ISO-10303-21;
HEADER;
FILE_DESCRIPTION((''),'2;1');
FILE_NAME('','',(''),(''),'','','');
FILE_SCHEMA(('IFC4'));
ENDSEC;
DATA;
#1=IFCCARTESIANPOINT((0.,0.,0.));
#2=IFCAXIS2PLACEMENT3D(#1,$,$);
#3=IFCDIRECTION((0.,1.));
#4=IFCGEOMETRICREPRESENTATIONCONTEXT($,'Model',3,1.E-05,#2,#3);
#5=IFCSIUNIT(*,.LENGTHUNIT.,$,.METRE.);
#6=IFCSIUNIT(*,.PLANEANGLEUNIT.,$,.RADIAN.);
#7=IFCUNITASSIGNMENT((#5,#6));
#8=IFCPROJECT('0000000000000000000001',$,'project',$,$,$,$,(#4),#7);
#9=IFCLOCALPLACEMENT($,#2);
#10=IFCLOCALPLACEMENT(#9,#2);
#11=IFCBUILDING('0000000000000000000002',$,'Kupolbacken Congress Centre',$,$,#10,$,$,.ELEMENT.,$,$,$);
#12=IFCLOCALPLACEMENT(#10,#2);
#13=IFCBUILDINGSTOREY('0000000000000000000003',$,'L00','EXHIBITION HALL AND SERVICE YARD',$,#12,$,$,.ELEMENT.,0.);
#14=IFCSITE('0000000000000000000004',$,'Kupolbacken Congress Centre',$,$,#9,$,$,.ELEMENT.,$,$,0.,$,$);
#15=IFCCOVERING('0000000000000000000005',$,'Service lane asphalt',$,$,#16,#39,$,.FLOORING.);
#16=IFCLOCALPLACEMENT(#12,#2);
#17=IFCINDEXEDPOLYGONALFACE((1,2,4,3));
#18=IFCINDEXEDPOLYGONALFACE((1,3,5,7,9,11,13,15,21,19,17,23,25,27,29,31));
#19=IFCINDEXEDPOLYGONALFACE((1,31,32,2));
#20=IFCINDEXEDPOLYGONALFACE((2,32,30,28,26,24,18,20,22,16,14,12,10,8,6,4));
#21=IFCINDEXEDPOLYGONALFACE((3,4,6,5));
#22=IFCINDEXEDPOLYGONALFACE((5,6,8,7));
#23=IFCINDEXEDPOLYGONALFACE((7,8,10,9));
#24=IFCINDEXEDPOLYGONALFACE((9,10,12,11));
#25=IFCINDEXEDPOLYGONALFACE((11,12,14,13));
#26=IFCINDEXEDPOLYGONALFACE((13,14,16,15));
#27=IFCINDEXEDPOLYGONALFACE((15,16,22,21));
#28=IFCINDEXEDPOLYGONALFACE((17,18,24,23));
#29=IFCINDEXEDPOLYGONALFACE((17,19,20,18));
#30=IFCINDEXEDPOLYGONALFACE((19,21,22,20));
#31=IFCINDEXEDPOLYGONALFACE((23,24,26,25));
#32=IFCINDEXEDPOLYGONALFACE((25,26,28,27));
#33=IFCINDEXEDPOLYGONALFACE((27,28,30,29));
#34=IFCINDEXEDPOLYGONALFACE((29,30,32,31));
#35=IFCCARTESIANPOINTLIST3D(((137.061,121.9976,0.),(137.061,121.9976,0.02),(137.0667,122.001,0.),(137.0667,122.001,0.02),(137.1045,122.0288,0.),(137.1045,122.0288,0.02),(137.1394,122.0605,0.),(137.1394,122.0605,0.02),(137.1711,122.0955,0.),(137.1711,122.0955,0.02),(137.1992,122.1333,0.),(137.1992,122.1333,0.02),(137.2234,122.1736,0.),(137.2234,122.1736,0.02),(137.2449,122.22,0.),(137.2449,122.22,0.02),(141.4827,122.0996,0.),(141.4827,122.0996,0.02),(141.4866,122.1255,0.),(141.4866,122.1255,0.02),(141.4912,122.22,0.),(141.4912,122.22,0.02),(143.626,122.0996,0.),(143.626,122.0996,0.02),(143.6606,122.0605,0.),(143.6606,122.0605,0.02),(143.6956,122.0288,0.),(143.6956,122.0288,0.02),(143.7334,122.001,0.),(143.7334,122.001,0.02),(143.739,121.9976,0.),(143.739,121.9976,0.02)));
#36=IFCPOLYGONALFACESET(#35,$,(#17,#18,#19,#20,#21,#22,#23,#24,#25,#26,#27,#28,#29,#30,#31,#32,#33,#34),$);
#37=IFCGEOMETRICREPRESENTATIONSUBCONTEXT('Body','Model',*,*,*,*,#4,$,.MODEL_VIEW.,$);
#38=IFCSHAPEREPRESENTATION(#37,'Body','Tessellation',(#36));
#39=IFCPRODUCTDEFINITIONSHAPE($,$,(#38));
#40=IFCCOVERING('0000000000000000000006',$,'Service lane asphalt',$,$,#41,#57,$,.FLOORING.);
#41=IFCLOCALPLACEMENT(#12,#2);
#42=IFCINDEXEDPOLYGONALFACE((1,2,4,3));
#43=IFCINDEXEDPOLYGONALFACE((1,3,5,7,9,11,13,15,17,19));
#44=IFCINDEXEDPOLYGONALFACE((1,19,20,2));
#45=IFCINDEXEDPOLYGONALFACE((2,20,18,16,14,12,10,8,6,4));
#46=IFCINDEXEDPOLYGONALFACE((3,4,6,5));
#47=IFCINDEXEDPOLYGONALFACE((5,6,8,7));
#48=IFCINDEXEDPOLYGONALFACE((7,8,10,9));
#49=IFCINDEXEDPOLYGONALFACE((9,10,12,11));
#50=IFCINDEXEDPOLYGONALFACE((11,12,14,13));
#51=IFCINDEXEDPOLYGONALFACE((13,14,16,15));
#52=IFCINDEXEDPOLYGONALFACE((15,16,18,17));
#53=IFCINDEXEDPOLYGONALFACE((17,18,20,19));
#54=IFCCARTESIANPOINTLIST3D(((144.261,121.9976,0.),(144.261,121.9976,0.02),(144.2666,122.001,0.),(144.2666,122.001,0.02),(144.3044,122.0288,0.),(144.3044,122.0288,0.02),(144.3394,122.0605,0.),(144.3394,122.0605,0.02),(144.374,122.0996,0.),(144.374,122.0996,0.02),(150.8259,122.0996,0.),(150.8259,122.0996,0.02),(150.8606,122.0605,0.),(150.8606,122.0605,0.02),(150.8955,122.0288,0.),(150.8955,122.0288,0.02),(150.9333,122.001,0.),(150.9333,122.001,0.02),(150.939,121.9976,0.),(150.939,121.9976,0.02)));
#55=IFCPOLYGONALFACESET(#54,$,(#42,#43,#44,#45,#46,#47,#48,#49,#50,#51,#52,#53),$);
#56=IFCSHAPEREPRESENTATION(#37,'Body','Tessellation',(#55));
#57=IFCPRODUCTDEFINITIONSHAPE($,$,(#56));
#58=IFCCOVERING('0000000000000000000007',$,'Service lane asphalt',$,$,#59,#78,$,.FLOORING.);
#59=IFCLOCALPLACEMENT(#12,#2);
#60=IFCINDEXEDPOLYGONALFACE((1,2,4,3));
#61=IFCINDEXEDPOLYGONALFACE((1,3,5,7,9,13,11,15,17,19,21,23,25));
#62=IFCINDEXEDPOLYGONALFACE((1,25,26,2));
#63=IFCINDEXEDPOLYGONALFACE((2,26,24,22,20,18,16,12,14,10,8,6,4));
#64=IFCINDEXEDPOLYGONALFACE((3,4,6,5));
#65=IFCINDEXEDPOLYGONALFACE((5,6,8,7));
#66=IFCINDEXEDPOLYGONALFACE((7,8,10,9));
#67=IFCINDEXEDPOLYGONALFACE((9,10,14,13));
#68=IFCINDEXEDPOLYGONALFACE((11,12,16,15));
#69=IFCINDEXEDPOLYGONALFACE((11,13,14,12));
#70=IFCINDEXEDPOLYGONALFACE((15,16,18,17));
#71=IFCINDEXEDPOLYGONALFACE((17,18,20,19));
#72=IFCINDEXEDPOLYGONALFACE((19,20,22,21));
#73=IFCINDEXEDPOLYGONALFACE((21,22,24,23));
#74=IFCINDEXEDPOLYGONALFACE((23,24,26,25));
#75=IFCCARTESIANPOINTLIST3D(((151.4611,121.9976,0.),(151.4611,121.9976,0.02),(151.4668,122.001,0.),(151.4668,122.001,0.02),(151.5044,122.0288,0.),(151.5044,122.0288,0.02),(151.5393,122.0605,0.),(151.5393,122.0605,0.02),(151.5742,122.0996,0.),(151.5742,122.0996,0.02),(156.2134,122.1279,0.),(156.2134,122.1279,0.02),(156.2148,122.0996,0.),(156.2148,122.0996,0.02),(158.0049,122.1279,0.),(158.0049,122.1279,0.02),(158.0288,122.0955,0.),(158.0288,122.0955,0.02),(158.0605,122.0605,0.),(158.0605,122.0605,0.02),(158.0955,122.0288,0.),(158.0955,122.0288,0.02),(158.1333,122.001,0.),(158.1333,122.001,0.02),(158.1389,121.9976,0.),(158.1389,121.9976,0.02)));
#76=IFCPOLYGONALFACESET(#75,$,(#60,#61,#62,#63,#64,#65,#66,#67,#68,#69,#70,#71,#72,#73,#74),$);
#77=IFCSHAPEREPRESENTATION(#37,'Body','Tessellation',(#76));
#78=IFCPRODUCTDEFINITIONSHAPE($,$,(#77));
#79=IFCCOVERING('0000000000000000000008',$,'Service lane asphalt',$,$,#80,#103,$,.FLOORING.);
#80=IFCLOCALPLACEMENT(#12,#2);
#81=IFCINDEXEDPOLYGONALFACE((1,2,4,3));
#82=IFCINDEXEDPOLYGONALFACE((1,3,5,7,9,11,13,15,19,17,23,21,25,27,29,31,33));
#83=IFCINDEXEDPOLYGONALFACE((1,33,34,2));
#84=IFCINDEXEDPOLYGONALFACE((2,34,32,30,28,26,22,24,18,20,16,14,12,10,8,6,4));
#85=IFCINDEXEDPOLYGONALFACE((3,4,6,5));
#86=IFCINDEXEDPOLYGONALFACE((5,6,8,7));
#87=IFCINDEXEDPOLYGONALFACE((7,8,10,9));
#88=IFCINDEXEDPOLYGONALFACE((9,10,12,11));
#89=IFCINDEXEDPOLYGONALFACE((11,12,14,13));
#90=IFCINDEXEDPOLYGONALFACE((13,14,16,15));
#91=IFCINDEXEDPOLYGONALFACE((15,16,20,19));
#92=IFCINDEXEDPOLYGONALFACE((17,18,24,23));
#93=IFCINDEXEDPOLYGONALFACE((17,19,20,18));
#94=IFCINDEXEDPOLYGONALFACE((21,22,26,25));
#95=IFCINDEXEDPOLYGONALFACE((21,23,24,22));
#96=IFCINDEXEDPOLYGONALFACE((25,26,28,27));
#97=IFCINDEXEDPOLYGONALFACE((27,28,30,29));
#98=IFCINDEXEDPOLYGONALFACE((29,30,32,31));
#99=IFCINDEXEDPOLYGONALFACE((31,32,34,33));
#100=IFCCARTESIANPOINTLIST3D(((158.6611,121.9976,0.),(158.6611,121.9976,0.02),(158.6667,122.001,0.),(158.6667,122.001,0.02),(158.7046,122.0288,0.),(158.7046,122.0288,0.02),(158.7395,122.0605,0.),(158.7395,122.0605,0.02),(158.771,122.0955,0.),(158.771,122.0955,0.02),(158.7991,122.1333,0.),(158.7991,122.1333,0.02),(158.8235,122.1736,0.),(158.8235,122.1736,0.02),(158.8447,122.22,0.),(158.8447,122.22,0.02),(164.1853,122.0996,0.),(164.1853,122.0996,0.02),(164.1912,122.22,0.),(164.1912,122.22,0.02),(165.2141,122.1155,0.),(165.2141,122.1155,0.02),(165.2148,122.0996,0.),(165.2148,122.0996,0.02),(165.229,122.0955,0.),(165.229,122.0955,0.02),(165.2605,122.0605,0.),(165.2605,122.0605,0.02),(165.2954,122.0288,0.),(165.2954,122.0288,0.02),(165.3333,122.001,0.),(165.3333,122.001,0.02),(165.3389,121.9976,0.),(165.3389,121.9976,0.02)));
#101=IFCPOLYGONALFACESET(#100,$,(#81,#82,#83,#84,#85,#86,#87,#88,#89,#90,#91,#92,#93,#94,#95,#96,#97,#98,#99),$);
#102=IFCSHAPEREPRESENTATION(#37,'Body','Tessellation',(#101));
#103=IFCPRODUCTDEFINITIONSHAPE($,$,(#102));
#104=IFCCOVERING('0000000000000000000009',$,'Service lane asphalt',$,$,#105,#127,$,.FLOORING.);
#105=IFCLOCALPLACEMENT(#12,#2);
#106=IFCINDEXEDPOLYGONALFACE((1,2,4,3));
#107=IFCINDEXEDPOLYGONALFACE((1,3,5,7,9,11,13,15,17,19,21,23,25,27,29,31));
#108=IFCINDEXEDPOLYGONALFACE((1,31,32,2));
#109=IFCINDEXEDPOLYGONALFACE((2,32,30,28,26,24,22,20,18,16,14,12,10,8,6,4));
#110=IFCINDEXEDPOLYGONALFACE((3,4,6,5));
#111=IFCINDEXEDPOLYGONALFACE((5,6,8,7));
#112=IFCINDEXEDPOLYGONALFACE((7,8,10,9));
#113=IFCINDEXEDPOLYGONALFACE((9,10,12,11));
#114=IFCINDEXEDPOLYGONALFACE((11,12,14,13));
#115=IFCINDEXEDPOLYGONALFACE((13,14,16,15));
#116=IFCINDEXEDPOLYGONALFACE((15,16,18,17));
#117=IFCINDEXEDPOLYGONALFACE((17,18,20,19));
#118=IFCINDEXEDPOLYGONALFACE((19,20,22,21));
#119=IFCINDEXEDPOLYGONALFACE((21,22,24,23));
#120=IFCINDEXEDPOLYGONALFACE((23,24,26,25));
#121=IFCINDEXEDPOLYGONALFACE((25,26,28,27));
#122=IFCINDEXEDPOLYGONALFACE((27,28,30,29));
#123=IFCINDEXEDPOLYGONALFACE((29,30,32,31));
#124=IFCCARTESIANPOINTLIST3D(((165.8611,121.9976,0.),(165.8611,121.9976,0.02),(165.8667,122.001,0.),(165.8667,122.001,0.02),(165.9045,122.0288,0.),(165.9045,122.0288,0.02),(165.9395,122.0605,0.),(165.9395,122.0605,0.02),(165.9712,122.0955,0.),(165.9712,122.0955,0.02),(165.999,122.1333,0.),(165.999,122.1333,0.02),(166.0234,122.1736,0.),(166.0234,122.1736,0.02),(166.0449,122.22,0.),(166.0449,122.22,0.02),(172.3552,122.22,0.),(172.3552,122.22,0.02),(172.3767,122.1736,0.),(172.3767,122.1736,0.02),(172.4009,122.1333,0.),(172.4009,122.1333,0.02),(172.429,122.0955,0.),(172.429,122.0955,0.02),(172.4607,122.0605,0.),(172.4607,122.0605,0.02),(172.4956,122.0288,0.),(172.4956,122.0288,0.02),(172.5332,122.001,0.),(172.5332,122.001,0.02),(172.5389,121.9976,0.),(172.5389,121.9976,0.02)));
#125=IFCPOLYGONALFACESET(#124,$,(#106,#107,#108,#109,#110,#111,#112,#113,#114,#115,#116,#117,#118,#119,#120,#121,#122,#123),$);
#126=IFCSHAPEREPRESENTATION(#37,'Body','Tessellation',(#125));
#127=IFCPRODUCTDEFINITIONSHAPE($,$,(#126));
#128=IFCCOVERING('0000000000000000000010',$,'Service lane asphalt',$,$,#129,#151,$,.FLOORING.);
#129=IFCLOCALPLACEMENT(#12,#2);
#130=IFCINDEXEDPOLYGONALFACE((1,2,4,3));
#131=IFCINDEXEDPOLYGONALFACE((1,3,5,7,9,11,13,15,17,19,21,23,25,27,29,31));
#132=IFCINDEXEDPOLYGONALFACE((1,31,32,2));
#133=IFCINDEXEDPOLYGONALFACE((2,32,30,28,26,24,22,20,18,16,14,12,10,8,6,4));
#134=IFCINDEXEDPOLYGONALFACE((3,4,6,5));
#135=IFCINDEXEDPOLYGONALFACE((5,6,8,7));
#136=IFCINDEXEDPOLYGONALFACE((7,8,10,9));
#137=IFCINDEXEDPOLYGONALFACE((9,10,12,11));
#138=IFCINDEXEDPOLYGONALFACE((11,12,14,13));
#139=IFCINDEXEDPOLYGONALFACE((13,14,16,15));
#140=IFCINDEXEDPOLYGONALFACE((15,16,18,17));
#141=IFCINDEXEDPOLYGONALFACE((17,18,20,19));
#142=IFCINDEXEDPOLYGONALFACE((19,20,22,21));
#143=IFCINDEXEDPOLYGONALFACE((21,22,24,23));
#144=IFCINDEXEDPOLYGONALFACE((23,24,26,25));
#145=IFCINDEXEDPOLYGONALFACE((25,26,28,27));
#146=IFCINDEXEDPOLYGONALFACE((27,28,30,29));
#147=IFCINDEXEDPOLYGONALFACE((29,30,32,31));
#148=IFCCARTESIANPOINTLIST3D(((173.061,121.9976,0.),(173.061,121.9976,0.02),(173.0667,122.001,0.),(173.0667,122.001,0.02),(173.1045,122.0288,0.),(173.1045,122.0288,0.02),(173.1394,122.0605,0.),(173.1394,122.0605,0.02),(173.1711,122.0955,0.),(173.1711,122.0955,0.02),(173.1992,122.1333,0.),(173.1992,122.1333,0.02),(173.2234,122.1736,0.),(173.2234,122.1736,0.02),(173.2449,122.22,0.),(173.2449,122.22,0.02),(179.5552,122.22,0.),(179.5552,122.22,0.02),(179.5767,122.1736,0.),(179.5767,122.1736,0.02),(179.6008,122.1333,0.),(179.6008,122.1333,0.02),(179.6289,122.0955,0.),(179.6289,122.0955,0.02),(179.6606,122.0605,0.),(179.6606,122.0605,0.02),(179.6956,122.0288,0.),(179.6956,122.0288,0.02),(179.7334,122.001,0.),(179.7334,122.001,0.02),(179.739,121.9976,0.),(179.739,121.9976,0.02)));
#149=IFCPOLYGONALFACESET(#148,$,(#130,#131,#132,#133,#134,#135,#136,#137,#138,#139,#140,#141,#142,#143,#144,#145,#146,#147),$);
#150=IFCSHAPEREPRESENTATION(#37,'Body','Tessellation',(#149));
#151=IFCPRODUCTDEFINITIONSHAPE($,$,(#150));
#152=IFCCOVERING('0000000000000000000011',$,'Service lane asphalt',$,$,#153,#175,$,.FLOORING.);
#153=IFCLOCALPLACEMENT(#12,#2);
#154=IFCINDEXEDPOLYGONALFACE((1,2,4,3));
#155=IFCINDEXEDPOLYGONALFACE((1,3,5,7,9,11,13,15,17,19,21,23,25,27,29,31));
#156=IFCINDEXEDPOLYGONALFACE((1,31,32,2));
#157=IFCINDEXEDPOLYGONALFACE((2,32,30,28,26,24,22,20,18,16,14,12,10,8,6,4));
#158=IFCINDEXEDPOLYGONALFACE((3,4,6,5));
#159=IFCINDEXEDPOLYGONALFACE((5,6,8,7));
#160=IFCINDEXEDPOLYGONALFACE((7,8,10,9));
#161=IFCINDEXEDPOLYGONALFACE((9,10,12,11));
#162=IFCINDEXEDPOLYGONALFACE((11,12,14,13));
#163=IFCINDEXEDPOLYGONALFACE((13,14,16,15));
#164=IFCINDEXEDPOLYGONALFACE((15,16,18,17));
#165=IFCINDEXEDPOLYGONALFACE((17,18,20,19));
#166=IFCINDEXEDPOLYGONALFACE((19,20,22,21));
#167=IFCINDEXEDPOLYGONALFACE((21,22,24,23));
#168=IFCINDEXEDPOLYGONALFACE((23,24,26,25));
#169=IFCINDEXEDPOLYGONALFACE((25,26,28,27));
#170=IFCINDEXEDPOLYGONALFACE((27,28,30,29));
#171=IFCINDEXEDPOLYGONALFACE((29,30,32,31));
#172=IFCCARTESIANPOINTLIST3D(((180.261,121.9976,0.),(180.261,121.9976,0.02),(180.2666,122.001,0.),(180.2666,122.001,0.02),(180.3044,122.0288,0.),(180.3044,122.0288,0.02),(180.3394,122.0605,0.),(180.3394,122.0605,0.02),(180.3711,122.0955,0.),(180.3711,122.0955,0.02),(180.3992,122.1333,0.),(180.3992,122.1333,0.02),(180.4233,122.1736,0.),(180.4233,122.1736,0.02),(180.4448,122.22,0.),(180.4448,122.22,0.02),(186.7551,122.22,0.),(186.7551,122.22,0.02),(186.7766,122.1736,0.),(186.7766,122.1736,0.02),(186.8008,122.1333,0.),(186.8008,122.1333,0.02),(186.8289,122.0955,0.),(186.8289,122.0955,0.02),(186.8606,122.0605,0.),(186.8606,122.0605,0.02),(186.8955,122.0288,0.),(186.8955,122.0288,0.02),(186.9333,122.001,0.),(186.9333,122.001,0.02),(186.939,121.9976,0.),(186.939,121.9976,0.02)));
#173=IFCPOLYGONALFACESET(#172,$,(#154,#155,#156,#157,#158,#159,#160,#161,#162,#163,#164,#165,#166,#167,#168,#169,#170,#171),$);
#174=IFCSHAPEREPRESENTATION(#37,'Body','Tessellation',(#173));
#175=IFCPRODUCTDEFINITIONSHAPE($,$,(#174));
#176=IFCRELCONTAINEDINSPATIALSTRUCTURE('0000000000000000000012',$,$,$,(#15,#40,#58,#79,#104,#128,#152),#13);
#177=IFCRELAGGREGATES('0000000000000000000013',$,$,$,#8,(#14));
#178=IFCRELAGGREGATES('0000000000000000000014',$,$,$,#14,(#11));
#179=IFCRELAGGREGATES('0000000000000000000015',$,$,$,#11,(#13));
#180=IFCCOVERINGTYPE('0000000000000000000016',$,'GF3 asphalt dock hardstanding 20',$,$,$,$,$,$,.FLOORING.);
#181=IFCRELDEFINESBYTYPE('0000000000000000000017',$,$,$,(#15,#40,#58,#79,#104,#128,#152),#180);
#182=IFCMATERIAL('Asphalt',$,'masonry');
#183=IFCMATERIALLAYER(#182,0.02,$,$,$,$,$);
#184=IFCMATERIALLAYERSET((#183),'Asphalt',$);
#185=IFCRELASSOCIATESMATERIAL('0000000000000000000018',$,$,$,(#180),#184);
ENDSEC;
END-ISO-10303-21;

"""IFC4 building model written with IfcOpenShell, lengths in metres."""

from ifc_helpers import new_model, si_unit, direction, origin, place, context, subcontext, project, spatial, polyline, outline, extrude, material, layer, layer_set, type_object, element, save


model = new_model("IFC4")

# Units and contexts
model_context = context("Model", 3, precision=1e-05, world=origin(), true_north=direction((0.0, 1.0)))
body_context = subcontext(model_context, "Body", "Model", "MODEL_VIEW")
ifc_project = project(units=[si_unit("LENGTHUNIT", "METRE"), si_unit("PLANEANGLEUNIT", "RADIAN")], contexts=[model_context])

# Site, building, storey
site_placement = place(None, origin())
site = spatial("IfcSite", under=ifc_project, at=site_placement, Name="Kupolbacken Congress Centre", CompositionType="ELEMENT", RefElevation=0.0)
building_placement = place(site_placement, origin())
building = spatial("IfcBuilding", under=site, at=building_placement, Name="Kupolbacken Congress Centre", CompositionType="ELEMENT")
storey_placement = place(building_placement, origin())
storey = spatial("IfcBuildingStorey", under=building, at=storey_placement, Name="L00", Description="EXHIBITION HALL AND SERVICE YARD", CompositionType="ELEMENT", Elevation=0.0)

# Coverings
ifc_material_1 = material(Name="Asphalt", Category="masonry")
ifc_layer_1 = layer(ifc_material_1, 0.02)
ifc_layer_set_1 = layer_set([ifc_layer_1], Name="Asphalt")
covering_type_1 = type_object("IfcCoveringType", Name="GF3 asphalt dock hardstanding 20", PredefinedType="FLOORING", material=ifc_layer_set_1)
covering_1_placement = place(storey_placement, origin())
element("IfcCovering", 1, at=covering_1_placement, inside=storey, type_object=covering_type_1, Name="Service lane asphalt", PredefinedType="FLOORING", context=body_context, shape_type="SweptSolid", body=[
    extrude(outline(polyline([(137.0667, 122.001), (137.1045, 122.0288), (137.1394, 122.0605), (137.1711, 122.0955), (137.1992, 122.1333), (137.2234, 122.1736), (137.2449, 122.22), (141.4912, 122.22), (141.4866, 122.1255), (141.4827, 122.0996), (143.626, 122.0996), (143.6606, 122.0605), (143.6956, 122.0288), (143.7334, 122.001), (143.7737, 121.9766), (143.739, 121.9976), (137.061, 121.9976), (137.0264, 121.9766), (137.0667, 122.001)])), origin(), (0.0, 0.0, 1.0), 0.02),
])
covering_2_placement = place(storey_placement, origin())
element("IfcCovering", 2, at=covering_2_placement, inside=storey, type_object=covering_type_1, Name="Service lane asphalt", PredefinedType="FLOORING", context=body_context, shape_type="SweptSolid", body=[
    extrude(outline(polyline([(144.2666, 122.001), (144.3044, 122.0288), (144.3394, 122.0605), (144.374, 122.0996), (150.8259, 122.0996), (150.8606, 122.0605), (150.8955, 122.0288), (150.9333, 122.001), (150.9736, 121.9766), (150.939, 121.9976), (144.261, 121.9976), (144.2263, 121.9766), (144.2666, 122.001)])), origin(), (0.0, 0.0, 1.0), 0.02),
])
covering_3_placement = place(storey_placement, origin())
element("IfcCovering", 3, at=covering_3_placement, inside=storey, type_object=covering_type_1, Name="Service lane asphalt", PredefinedType="FLOORING", context=body_context, shape_type="SweptSolid", body=[
    extrude(outline(polyline([(151.4668, 122.001), (151.5044, 122.0288), (151.5393, 122.0605), (151.5742, 122.0996), (156.2148, 122.0996), (156.2134, 122.1279), (158.0049, 122.1279), (158.0288, 122.0955), (158.0605, 122.0605), (158.0955, 122.0288), (158.1333, 122.001), (158.1736, 121.9766), (158.1389, 121.9976), (151.4612, 121.9976), (151.4263, 121.9766), (151.4668, 122.001)])), origin(), (0.0, 0.0, 1.0), 0.02),
])
covering_4_placement = place(storey_placement, origin())
element("IfcCovering", 4, at=covering_4_placement, inside=storey, type_object=covering_type_1, Name="Service lane asphalt", PredefinedType="FLOORING", context=body_context, shape_type="SweptSolid", body=[
    extrude(outline(polyline([(158.6667, 122.001), (158.7046, 122.0288), (158.7395, 122.0605), (158.771, 122.0955), (158.7991, 122.1333), (158.8235, 122.1736), (158.8447, 122.22), (164.1912, 122.22), (164.1853, 122.0996), (165.2148, 122.0996), (165.2141, 122.1155), (165.2009, 122.1333), (165.229, 122.0955), (165.2605, 122.0605), (165.2954, 122.0288), (165.3333, 122.001), (165.3738, 121.9766), (165.3389, 121.9976), (158.6611, 121.9976), (158.6262, 121.9766), (158.6667, 122.001)])), origin(), (0.0, 0.0, 1.0), 0.02),
])
covering_5_placement = place(storey_placement, origin())
element("IfcCovering", 5, at=covering_5_placement, inside=storey, type_object=covering_type_1, Name="Service lane asphalt", PredefinedType="FLOORING", context=body_context, shape_type="SweptSolid", body=[
    extrude(outline(polyline([(165.8667, 122.001), (165.9045, 122.0288), (165.9395, 122.0605), (165.9712, 122.0955), (165.999, 122.1333), (166.0234, 122.1736), (166.0449, 122.22), (172.3552, 122.22), (172.3767, 122.1736), (172.4009, 122.1333), (172.429, 122.0955), (172.4607, 122.0605), (172.4956, 122.0288), (172.5332, 122.001), (172.5737, 121.9766), (172.5388, 121.9976), (165.8611, 121.9976), (165.8264, 121.9766), (165.8667, 122.001)])), origin(), (0.0, 0.0, 1.0), 0.02),
])
covering_6_placement = place(storey_placement, origin())
element("IfcCovering", 6, at=covering_6_placement, inside=storey, type_object=covering_type_1, Name="Service lane asphalt", PredefinedType="FLOORING", context=body_context, shape_type="SweptSolid", body=[
    extrude(outline(polyline([(173.0667, 122.001), (173.1045, 122.0288), (173.1394, 122.0605), (173.1711, 122.0955), (173.1992, 122.1333), (173.2234, 122.1736), (173.2449, 122.22), (179.5552, 122.22), (179.5767, 122.1736), (179.6008, 122.1333), (179.6289, 122.0955), (179.6606, 122.0605), (179.6956, 122.0288), (179.7334, 122.001), (179.7737, 121.9766), (179.739, 121.9976), (173.061, 121.9976), (173.0264, 121.9766), (173.0667, 122.001)])), origin(), (0.0, 0.0, 1.0), 0.02),
])
covering_7_placement = place(storey_placement, origin())
element("IfcCovering", 7, at=covering_7_placement, inside=storey, type_object=covering_type_1, Name="Service lane asphalt", PredefinedType="FLOORING", context=body_context, shape_type="SweptSolid", body=[
    extrude(outline(polyline([(180.2666, 122.001), (180.3044, 122.0288), (180.3394, 122.0605), (180.3711, 122.0955), (180.3992, 122.1333), (180.4233, 122.1736), (180.4448, 122.22), (186.7551, 122.22), (186.7766, 122.1736), (186.8008, 122.1333), (186.8289, 122.0955), (186.8606, 122.0605), (186.8955, 122.0288), (186.9333, 122.001), (186.9736, 121.9766), (186.939, 121.9976), (180.261, 121.9976), (180.2263, 121.9766), (180.2666, 122.001)])), origin(), (0.0, 0.0, 1.0), 0.02),
])

save(model, "model.ifc")
